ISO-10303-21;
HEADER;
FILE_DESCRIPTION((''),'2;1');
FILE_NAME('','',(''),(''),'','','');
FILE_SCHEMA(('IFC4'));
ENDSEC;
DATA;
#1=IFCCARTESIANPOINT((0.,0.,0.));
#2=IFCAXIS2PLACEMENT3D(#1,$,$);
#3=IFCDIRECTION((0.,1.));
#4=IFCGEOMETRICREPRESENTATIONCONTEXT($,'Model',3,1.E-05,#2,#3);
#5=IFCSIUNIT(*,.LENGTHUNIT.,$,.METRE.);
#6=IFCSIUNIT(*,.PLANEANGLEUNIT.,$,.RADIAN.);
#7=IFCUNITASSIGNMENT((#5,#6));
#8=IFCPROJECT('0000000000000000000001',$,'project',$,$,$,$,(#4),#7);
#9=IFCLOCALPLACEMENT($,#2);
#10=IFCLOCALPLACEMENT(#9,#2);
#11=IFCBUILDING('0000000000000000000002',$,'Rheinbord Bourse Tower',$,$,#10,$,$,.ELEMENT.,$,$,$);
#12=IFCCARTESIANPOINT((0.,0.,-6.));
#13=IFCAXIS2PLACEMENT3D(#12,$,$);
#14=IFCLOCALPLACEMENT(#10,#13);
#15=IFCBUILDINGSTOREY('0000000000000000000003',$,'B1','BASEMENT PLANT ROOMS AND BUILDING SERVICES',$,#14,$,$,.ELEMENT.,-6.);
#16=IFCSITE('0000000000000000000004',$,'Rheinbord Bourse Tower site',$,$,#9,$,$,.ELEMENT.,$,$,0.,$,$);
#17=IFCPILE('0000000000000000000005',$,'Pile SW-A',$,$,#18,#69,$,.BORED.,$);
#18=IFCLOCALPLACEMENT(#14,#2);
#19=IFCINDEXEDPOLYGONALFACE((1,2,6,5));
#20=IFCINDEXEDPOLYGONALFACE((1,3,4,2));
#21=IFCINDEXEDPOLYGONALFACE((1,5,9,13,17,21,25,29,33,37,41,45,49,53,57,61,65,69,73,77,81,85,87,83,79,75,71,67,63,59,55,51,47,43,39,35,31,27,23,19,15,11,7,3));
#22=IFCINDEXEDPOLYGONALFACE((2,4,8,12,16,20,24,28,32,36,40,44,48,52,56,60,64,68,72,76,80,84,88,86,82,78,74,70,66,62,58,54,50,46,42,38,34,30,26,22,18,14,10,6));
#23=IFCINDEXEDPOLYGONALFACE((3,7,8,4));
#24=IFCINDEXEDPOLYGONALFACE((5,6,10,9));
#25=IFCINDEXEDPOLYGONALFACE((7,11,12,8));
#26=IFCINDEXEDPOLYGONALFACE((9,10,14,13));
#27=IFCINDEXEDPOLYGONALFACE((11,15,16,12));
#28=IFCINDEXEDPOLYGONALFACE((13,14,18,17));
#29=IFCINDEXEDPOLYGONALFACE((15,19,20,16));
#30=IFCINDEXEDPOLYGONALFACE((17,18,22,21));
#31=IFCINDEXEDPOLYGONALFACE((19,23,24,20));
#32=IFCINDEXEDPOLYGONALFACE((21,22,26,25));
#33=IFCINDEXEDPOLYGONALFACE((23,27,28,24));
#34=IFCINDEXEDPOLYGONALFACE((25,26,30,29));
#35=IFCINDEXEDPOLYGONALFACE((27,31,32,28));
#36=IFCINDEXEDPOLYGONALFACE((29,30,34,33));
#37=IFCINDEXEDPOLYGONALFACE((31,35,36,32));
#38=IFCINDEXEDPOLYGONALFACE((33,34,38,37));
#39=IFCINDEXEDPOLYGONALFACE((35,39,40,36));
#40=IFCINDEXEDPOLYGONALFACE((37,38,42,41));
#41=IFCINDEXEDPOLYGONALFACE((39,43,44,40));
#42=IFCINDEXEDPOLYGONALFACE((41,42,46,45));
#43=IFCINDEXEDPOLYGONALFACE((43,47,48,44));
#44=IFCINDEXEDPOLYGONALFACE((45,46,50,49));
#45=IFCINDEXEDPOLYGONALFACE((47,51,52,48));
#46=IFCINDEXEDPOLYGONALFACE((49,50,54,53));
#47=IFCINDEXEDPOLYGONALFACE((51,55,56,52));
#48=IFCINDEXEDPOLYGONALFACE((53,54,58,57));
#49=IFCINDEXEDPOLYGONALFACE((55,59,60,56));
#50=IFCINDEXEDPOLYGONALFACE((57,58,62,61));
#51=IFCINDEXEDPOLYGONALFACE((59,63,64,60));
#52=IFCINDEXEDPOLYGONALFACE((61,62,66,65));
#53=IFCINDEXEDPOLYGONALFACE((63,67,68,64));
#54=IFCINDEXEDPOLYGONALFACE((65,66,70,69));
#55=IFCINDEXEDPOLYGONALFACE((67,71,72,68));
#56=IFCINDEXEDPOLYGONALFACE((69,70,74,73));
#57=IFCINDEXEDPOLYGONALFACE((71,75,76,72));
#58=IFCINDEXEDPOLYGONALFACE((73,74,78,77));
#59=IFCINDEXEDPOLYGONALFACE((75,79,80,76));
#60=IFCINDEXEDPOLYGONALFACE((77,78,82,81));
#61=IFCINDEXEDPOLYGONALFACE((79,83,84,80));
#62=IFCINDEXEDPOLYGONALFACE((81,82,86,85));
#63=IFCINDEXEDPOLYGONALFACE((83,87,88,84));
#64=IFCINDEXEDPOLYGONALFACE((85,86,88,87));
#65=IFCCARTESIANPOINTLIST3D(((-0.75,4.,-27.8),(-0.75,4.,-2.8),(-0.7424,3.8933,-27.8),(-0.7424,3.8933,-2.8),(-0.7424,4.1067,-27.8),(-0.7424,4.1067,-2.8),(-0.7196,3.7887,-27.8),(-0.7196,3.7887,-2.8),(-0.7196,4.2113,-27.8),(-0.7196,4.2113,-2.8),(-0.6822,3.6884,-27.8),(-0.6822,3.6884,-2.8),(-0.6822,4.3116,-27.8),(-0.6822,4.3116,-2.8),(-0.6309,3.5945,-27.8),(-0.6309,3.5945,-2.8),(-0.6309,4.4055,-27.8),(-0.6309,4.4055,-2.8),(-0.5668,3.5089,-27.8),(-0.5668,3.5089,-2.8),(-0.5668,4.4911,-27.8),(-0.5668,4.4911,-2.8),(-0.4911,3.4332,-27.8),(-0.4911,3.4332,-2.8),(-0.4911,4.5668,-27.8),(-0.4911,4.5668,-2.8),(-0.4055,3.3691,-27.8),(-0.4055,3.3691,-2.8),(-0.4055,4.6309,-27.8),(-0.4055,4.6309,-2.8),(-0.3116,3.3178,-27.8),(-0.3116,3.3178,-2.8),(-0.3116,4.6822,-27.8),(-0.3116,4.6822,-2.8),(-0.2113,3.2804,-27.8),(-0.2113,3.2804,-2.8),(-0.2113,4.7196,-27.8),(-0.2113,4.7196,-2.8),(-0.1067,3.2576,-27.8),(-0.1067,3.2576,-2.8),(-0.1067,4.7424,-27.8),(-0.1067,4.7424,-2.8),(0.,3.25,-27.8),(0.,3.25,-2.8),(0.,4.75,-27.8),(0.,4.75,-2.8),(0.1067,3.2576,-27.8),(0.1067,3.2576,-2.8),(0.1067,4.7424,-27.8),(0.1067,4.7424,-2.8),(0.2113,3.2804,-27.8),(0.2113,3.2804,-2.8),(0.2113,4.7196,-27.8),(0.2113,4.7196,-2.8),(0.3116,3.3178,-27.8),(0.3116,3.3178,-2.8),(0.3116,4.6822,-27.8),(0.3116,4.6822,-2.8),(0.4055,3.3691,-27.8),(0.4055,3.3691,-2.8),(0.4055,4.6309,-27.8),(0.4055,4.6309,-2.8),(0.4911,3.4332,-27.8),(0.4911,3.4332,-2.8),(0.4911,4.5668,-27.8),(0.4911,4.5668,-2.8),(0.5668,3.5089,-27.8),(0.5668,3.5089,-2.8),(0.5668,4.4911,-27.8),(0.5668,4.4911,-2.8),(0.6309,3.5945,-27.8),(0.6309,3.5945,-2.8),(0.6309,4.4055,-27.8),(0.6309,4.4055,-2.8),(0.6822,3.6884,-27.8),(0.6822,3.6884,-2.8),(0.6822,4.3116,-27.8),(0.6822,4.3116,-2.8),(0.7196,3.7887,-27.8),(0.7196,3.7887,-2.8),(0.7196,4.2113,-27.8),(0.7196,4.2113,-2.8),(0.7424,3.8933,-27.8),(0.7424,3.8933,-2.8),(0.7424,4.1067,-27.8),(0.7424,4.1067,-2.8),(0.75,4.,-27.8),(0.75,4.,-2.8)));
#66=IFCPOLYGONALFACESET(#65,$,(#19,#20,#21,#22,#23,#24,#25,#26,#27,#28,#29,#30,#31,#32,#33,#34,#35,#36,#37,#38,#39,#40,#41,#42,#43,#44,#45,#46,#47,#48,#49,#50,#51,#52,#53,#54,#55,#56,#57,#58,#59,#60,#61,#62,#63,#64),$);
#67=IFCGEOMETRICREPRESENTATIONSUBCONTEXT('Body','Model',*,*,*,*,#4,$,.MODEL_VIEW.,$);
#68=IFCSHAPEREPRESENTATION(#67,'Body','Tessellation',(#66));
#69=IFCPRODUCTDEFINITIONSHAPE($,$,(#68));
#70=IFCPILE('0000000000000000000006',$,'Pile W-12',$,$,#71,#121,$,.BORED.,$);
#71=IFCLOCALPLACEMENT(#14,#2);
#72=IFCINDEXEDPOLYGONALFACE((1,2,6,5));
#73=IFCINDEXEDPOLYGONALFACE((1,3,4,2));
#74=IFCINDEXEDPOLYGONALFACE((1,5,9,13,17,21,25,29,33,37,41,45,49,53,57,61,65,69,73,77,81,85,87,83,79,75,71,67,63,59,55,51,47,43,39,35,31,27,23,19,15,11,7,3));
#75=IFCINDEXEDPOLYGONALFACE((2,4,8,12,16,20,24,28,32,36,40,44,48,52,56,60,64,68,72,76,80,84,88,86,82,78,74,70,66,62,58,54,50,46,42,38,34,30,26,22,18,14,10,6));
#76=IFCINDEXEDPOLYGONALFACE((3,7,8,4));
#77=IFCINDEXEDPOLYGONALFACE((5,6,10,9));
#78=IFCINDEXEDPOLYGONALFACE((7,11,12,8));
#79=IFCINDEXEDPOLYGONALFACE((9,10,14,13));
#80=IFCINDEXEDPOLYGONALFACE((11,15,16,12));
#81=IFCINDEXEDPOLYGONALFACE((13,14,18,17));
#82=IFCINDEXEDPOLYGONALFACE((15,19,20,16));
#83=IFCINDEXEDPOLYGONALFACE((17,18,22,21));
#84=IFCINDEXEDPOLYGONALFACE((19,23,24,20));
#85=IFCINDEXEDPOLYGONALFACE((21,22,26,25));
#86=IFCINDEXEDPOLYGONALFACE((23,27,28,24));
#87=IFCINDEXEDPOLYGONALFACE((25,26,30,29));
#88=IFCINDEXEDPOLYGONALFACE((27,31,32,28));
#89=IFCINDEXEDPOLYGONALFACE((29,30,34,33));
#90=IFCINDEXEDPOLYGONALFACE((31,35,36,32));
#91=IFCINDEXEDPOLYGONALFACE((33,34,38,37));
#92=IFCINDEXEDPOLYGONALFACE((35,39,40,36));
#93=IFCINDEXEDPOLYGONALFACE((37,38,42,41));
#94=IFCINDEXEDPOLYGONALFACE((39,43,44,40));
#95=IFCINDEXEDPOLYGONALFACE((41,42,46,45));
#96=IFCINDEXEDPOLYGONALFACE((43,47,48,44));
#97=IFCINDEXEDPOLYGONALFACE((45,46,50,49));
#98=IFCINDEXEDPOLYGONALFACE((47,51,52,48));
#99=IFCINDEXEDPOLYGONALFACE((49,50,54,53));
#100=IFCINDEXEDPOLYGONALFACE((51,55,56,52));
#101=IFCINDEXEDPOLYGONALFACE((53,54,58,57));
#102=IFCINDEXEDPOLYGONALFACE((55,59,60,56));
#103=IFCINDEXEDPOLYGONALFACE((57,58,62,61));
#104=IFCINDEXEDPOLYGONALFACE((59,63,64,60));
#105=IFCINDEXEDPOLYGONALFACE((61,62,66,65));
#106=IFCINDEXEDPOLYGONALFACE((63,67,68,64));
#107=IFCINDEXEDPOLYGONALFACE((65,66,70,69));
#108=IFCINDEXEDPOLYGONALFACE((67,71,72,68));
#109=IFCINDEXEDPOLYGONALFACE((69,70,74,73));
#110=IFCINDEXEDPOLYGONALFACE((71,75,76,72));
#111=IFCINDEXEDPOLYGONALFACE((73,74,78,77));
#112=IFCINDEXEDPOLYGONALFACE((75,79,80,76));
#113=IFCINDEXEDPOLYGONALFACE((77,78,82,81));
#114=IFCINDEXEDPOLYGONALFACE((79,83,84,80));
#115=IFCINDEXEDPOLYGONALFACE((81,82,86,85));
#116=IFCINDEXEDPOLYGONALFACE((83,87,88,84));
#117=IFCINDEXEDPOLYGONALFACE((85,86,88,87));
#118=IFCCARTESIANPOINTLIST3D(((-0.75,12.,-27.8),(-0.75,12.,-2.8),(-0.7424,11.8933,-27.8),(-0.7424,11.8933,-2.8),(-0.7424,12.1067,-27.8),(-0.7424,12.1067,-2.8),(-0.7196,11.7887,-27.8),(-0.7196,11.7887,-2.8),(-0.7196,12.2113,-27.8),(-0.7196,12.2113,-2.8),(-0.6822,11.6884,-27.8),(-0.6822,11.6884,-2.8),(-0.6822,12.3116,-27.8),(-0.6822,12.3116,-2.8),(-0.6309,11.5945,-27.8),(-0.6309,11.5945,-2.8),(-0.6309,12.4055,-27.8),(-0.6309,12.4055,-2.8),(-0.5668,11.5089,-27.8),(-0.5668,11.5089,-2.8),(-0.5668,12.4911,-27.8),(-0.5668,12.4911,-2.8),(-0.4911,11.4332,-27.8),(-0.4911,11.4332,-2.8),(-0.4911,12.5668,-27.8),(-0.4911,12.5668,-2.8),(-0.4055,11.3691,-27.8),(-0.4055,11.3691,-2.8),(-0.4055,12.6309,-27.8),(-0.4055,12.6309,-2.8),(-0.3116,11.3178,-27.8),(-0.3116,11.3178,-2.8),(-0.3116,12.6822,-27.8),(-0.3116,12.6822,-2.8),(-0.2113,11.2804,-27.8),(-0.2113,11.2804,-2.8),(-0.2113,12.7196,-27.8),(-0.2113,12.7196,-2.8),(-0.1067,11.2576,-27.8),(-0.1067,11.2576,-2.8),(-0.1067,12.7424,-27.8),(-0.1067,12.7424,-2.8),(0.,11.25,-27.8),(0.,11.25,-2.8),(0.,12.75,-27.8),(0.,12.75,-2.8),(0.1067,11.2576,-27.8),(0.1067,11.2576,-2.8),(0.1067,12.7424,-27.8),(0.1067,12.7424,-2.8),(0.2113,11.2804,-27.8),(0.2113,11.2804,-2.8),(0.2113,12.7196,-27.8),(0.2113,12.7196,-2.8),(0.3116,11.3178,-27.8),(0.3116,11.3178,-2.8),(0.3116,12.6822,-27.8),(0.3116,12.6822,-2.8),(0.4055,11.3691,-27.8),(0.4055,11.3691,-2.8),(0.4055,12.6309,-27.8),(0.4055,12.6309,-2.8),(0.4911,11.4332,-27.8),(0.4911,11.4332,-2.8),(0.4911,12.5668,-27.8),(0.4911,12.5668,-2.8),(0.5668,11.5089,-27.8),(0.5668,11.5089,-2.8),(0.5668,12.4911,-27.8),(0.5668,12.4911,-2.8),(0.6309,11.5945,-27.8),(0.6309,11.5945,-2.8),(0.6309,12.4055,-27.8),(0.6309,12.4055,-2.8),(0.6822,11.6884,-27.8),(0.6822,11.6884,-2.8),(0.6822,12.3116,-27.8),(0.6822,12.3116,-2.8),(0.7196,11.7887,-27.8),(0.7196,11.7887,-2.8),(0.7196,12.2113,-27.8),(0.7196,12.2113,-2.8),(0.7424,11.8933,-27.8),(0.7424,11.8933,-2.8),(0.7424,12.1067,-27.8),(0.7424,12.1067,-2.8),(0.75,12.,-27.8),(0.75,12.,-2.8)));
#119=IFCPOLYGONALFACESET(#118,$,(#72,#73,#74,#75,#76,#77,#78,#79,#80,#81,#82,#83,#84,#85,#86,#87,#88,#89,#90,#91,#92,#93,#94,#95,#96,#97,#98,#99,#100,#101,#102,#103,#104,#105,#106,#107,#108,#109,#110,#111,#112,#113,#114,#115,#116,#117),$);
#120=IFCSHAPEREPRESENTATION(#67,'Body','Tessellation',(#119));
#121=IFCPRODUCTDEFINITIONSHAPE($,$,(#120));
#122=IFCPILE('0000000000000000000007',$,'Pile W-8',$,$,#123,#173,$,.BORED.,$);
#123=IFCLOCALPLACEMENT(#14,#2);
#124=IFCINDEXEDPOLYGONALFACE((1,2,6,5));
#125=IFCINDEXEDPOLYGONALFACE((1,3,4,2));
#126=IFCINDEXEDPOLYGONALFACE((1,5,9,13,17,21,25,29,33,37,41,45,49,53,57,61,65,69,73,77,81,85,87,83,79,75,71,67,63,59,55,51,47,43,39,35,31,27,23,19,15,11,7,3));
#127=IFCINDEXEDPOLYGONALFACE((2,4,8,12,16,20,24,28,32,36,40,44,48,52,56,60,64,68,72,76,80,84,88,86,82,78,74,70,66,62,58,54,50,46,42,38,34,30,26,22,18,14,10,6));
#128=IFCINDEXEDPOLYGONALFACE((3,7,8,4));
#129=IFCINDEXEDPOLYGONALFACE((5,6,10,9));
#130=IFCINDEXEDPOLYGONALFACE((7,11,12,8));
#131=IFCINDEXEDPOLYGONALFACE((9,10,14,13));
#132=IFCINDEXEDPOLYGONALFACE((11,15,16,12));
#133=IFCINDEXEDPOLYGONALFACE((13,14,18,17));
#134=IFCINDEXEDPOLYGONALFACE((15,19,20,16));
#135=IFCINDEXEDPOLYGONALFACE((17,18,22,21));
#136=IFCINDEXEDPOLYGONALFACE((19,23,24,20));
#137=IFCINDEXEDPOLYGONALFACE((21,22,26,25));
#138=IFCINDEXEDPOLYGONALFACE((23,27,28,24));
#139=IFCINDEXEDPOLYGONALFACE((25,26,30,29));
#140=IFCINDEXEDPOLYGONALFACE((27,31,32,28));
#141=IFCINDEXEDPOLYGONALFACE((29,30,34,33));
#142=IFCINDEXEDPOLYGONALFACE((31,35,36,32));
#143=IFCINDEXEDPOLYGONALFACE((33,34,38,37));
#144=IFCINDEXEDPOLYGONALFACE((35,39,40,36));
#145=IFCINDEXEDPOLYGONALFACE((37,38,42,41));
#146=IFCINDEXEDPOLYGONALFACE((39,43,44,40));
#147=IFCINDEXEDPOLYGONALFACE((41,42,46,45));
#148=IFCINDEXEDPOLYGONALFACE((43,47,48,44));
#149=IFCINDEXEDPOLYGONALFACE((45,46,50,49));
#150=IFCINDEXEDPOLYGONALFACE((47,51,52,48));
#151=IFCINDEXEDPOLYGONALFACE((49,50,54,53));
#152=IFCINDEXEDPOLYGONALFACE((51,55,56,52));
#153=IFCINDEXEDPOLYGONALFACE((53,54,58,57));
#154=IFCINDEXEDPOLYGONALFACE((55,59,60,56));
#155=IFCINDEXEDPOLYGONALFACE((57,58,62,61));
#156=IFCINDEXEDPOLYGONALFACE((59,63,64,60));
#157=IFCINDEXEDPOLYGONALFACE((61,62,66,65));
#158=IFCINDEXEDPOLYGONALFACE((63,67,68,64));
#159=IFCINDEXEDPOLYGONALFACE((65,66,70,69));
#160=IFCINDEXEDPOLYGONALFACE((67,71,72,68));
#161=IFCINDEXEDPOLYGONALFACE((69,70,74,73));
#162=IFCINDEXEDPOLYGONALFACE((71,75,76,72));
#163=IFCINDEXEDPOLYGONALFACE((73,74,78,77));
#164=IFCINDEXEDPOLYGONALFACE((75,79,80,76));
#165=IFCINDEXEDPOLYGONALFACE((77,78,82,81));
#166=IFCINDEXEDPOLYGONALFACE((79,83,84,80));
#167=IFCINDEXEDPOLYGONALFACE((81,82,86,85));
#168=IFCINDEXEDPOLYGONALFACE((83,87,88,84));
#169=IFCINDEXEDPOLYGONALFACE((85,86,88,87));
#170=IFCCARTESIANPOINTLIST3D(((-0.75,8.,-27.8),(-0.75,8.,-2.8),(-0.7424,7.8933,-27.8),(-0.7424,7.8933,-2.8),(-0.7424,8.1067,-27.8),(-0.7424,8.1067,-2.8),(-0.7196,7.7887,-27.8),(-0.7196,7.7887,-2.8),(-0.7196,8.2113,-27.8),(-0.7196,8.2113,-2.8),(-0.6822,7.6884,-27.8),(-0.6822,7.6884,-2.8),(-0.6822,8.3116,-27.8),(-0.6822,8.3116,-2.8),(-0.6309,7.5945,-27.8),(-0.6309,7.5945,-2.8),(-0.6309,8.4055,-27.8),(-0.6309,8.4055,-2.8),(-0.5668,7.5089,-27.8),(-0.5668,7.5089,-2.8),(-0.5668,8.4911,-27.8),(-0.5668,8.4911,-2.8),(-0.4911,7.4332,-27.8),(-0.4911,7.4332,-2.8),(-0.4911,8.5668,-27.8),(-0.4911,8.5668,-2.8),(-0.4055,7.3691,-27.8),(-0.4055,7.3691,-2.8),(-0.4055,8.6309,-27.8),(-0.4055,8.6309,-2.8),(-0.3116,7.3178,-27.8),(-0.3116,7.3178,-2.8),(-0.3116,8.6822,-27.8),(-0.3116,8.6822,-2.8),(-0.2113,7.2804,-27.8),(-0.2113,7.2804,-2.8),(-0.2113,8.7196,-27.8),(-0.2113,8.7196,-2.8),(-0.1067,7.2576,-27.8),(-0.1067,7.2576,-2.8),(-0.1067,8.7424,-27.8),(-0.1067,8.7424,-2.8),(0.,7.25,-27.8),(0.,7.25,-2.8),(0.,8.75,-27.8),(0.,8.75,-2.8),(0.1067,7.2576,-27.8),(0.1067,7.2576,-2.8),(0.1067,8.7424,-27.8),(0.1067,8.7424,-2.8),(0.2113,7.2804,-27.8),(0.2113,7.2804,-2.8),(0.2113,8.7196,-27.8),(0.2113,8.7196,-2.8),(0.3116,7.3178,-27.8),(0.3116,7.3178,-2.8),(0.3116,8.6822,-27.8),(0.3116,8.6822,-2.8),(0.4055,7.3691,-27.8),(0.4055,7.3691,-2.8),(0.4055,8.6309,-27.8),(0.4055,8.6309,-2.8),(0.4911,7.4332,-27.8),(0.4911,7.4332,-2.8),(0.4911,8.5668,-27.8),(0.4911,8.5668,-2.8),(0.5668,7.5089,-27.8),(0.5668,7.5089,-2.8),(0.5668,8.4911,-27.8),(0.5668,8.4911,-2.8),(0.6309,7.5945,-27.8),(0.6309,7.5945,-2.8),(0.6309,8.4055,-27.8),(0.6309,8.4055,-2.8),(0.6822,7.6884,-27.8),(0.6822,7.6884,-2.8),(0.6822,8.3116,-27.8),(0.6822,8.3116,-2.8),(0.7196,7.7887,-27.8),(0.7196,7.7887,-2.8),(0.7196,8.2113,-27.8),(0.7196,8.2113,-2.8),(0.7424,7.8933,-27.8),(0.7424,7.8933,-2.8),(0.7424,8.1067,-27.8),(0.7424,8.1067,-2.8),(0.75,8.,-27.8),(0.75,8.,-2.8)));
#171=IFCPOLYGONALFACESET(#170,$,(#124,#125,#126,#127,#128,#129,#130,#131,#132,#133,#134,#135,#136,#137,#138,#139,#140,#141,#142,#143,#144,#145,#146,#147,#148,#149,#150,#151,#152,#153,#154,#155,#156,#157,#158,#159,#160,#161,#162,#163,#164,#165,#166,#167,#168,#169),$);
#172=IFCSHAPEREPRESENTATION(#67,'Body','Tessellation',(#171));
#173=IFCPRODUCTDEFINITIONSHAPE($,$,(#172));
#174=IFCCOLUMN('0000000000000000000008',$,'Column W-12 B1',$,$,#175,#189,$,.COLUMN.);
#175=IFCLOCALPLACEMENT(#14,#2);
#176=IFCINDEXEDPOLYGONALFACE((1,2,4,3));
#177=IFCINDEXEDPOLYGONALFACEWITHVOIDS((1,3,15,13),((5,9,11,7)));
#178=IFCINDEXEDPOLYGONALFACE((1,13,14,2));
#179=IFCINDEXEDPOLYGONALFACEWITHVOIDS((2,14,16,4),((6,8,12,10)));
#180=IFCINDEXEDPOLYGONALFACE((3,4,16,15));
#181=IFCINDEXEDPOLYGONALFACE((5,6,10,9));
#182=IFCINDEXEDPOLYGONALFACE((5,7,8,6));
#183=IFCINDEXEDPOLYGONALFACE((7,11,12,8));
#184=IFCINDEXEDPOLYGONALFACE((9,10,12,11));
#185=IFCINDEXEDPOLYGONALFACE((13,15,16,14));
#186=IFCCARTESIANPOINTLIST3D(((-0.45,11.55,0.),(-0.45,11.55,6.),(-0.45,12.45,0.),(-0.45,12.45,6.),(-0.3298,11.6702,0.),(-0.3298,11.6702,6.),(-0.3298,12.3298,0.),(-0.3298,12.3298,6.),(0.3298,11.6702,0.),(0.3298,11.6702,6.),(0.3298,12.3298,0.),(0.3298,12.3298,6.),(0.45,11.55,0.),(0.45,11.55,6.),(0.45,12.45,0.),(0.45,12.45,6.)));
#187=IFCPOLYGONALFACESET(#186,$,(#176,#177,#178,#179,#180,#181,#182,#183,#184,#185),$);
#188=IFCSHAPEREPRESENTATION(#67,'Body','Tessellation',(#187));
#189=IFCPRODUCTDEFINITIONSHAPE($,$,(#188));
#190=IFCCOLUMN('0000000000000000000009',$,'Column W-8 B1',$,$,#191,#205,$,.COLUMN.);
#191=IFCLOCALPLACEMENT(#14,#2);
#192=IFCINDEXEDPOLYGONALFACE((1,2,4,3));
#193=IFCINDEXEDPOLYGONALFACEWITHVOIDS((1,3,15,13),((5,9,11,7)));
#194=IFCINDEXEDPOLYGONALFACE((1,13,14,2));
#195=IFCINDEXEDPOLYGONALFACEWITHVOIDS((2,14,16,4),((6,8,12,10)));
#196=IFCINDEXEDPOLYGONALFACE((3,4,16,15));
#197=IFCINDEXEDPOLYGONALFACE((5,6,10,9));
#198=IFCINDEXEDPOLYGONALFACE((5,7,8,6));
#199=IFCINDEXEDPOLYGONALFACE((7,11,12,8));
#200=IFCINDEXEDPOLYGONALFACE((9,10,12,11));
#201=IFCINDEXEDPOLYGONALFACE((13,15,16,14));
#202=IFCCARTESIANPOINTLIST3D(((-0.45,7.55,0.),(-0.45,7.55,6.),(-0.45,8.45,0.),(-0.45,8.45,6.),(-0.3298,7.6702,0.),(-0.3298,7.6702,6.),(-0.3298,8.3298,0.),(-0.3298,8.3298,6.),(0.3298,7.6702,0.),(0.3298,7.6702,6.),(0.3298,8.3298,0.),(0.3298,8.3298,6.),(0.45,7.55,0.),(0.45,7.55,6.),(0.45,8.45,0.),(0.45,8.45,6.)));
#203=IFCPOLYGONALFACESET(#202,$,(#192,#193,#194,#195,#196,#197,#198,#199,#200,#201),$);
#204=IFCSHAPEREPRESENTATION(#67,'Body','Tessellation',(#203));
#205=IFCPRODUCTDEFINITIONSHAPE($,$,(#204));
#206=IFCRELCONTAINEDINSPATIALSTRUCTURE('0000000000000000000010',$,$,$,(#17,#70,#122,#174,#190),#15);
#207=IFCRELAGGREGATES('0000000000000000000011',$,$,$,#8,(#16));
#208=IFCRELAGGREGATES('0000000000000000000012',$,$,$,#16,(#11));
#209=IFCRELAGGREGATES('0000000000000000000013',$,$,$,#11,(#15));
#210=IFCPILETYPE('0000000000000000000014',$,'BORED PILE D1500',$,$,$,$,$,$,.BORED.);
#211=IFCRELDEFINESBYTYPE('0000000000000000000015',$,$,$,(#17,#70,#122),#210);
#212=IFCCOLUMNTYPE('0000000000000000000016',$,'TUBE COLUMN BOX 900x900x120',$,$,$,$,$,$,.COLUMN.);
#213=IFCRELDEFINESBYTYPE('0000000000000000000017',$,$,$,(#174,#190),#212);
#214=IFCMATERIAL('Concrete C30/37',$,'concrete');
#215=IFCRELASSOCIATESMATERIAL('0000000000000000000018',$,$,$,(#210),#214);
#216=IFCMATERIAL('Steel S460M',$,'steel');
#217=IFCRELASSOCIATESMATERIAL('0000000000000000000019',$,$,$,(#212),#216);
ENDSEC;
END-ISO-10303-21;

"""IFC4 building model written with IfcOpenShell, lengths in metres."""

from ifc_helpers import new_model, si_unit, direction, frame, origin, origin_2d, place, context, subcontext, project, spatial, hollow_rectangle, circle, extrude, material, material_profile, profile_set, type_object, element, save


model = new_model("IFC4")

# Units and contexts
model_context = context("Model", 3, precision=1e-05, world=origin(), true_north=direction((0.0, 1.0)))
body_context = subcontext(model_context, "Body", "Model", "MODEL_VIEW")
ifc_project = project(units=[si_unit("LENGTHUNIT", "METRE"), si_unit("PLANEANGLEUNIT", "RADIAN")], contexts=[model_context])

# Site, building, storey
site_placement = place(None, origin())
site = spatial("IfcSite", under=ifc_project, at=site_placement, Name="Rheinbord Bourse Tower site", CompositionType="ELEMENT", RefElevation=0.0)
building_placement = place(site_placement, origin())
building = spatial("IfcBuilding", under=site, at=building_placement, Name="Rheinbord Bourse Tower", CompositionType="ELEMENT")
storey_placement = place(building_placement, frame((0.0, 0.0, -6.0)))
storey = spatial("IfcBuildingStorey", under=building, at=storey_placement, Name="B1", Description="BASEMENT PLANT ROOMS AND BUILDING SERVICES", CompositionType="ELEMENT", Elevation=-6.0)

# Piles
ifc_material_1 = material(Name="Concrete C30/37", Category="concrete")
ifc_material_profile_1 = material_profile(ifc_material_1, circle(Radius=0.75, at=origin_2d()), Name="D1500")
ifc_profile_set_1 = profile_set([ifc_material_profile_1], Name="Concrete C30/37")
pile_type = type_object("IfcPileType", Name="BORED PILE D1500", PredefinedType="BORED", material=ifc_profile_set_1)
for number, where, z_axis, x_axis, name in (
    (1, (0.0, 4.0, -2.8), (0.0, 0.0, -1.0), (1.0, 0.0, 0.0), "Pile SW-A"),
    (2, (0.0, 12.0, -2.8), (0.0, 0.0, -1.0), (1.0, 0.0, 0.0), "Pile W-12"),
    (3, (0.0, 8.0, -2.8), (0.0, 0.0, -1.0), (1.0, 0.0, 0.0), "Pile W-8"),
):
    element("IfcPile", number, at=place(storey_placement, frame(where, z_axis=z_axis, x_axis=x_axis)), inside=storey, type_object=pile_type, Name=name, PredefinedType="BORED", context=body_context, shape_type="SweptSolid", body=[
        extrude(circle(Radius=0.75, at=origin_2d()), origin(), (0.0, 0.0, 1.0), 25.0),
    ])

# Columns
ifc_material_2 = material(Name="Steel S460M", Category="steel")
ifc_material_profile_2 = material_profile(ifc_material_2, hollow_rectangle(XDim=0.8999, YDim=0.8999, WallThickness=0.1201, at=origin_2d()), Name="BOX 900x900x120")
ifc_profile_set_2 = profile_set([ifc_material_profile_2], Name="Steel S460M")
column_type = type_object("IfcColumnType", Name="TUBE COLUMN BOX 900x900x120", PredefinedType="COLUMN", material=ifc_profile_set_2)
for number, where, z_axis, x_axis, name in (
    (4, (0.0, 12.0, 0.0), (0.0, 0.0, 1.0), (1.0, 0.0, 0.0), "Column W-12 B1"),
    (5, (0.0, 8.0, 0.0), (0.0, 0.0, 1.0), (1.0, 0.0, 0.0), "Column W-8 B1"),
):
    element("IfcColumn", number, at=place(storey_placement, frame(where, z_axis=z_axis, x_axis=x_axis)), inside=storey, type_object=column_type, Name=name, PredefinedType="COLUMN", context=body_context, shape_type="SweptSolid", body=[
        extrude(hollow_rectangle(XDim=0.8999, YDim=0.8999, WallThickness=0.1201, at=origin_2d()), origin(), (0.0, 0.0, 1.0), 6.0),
    ])

save(model, "model.ifc")
